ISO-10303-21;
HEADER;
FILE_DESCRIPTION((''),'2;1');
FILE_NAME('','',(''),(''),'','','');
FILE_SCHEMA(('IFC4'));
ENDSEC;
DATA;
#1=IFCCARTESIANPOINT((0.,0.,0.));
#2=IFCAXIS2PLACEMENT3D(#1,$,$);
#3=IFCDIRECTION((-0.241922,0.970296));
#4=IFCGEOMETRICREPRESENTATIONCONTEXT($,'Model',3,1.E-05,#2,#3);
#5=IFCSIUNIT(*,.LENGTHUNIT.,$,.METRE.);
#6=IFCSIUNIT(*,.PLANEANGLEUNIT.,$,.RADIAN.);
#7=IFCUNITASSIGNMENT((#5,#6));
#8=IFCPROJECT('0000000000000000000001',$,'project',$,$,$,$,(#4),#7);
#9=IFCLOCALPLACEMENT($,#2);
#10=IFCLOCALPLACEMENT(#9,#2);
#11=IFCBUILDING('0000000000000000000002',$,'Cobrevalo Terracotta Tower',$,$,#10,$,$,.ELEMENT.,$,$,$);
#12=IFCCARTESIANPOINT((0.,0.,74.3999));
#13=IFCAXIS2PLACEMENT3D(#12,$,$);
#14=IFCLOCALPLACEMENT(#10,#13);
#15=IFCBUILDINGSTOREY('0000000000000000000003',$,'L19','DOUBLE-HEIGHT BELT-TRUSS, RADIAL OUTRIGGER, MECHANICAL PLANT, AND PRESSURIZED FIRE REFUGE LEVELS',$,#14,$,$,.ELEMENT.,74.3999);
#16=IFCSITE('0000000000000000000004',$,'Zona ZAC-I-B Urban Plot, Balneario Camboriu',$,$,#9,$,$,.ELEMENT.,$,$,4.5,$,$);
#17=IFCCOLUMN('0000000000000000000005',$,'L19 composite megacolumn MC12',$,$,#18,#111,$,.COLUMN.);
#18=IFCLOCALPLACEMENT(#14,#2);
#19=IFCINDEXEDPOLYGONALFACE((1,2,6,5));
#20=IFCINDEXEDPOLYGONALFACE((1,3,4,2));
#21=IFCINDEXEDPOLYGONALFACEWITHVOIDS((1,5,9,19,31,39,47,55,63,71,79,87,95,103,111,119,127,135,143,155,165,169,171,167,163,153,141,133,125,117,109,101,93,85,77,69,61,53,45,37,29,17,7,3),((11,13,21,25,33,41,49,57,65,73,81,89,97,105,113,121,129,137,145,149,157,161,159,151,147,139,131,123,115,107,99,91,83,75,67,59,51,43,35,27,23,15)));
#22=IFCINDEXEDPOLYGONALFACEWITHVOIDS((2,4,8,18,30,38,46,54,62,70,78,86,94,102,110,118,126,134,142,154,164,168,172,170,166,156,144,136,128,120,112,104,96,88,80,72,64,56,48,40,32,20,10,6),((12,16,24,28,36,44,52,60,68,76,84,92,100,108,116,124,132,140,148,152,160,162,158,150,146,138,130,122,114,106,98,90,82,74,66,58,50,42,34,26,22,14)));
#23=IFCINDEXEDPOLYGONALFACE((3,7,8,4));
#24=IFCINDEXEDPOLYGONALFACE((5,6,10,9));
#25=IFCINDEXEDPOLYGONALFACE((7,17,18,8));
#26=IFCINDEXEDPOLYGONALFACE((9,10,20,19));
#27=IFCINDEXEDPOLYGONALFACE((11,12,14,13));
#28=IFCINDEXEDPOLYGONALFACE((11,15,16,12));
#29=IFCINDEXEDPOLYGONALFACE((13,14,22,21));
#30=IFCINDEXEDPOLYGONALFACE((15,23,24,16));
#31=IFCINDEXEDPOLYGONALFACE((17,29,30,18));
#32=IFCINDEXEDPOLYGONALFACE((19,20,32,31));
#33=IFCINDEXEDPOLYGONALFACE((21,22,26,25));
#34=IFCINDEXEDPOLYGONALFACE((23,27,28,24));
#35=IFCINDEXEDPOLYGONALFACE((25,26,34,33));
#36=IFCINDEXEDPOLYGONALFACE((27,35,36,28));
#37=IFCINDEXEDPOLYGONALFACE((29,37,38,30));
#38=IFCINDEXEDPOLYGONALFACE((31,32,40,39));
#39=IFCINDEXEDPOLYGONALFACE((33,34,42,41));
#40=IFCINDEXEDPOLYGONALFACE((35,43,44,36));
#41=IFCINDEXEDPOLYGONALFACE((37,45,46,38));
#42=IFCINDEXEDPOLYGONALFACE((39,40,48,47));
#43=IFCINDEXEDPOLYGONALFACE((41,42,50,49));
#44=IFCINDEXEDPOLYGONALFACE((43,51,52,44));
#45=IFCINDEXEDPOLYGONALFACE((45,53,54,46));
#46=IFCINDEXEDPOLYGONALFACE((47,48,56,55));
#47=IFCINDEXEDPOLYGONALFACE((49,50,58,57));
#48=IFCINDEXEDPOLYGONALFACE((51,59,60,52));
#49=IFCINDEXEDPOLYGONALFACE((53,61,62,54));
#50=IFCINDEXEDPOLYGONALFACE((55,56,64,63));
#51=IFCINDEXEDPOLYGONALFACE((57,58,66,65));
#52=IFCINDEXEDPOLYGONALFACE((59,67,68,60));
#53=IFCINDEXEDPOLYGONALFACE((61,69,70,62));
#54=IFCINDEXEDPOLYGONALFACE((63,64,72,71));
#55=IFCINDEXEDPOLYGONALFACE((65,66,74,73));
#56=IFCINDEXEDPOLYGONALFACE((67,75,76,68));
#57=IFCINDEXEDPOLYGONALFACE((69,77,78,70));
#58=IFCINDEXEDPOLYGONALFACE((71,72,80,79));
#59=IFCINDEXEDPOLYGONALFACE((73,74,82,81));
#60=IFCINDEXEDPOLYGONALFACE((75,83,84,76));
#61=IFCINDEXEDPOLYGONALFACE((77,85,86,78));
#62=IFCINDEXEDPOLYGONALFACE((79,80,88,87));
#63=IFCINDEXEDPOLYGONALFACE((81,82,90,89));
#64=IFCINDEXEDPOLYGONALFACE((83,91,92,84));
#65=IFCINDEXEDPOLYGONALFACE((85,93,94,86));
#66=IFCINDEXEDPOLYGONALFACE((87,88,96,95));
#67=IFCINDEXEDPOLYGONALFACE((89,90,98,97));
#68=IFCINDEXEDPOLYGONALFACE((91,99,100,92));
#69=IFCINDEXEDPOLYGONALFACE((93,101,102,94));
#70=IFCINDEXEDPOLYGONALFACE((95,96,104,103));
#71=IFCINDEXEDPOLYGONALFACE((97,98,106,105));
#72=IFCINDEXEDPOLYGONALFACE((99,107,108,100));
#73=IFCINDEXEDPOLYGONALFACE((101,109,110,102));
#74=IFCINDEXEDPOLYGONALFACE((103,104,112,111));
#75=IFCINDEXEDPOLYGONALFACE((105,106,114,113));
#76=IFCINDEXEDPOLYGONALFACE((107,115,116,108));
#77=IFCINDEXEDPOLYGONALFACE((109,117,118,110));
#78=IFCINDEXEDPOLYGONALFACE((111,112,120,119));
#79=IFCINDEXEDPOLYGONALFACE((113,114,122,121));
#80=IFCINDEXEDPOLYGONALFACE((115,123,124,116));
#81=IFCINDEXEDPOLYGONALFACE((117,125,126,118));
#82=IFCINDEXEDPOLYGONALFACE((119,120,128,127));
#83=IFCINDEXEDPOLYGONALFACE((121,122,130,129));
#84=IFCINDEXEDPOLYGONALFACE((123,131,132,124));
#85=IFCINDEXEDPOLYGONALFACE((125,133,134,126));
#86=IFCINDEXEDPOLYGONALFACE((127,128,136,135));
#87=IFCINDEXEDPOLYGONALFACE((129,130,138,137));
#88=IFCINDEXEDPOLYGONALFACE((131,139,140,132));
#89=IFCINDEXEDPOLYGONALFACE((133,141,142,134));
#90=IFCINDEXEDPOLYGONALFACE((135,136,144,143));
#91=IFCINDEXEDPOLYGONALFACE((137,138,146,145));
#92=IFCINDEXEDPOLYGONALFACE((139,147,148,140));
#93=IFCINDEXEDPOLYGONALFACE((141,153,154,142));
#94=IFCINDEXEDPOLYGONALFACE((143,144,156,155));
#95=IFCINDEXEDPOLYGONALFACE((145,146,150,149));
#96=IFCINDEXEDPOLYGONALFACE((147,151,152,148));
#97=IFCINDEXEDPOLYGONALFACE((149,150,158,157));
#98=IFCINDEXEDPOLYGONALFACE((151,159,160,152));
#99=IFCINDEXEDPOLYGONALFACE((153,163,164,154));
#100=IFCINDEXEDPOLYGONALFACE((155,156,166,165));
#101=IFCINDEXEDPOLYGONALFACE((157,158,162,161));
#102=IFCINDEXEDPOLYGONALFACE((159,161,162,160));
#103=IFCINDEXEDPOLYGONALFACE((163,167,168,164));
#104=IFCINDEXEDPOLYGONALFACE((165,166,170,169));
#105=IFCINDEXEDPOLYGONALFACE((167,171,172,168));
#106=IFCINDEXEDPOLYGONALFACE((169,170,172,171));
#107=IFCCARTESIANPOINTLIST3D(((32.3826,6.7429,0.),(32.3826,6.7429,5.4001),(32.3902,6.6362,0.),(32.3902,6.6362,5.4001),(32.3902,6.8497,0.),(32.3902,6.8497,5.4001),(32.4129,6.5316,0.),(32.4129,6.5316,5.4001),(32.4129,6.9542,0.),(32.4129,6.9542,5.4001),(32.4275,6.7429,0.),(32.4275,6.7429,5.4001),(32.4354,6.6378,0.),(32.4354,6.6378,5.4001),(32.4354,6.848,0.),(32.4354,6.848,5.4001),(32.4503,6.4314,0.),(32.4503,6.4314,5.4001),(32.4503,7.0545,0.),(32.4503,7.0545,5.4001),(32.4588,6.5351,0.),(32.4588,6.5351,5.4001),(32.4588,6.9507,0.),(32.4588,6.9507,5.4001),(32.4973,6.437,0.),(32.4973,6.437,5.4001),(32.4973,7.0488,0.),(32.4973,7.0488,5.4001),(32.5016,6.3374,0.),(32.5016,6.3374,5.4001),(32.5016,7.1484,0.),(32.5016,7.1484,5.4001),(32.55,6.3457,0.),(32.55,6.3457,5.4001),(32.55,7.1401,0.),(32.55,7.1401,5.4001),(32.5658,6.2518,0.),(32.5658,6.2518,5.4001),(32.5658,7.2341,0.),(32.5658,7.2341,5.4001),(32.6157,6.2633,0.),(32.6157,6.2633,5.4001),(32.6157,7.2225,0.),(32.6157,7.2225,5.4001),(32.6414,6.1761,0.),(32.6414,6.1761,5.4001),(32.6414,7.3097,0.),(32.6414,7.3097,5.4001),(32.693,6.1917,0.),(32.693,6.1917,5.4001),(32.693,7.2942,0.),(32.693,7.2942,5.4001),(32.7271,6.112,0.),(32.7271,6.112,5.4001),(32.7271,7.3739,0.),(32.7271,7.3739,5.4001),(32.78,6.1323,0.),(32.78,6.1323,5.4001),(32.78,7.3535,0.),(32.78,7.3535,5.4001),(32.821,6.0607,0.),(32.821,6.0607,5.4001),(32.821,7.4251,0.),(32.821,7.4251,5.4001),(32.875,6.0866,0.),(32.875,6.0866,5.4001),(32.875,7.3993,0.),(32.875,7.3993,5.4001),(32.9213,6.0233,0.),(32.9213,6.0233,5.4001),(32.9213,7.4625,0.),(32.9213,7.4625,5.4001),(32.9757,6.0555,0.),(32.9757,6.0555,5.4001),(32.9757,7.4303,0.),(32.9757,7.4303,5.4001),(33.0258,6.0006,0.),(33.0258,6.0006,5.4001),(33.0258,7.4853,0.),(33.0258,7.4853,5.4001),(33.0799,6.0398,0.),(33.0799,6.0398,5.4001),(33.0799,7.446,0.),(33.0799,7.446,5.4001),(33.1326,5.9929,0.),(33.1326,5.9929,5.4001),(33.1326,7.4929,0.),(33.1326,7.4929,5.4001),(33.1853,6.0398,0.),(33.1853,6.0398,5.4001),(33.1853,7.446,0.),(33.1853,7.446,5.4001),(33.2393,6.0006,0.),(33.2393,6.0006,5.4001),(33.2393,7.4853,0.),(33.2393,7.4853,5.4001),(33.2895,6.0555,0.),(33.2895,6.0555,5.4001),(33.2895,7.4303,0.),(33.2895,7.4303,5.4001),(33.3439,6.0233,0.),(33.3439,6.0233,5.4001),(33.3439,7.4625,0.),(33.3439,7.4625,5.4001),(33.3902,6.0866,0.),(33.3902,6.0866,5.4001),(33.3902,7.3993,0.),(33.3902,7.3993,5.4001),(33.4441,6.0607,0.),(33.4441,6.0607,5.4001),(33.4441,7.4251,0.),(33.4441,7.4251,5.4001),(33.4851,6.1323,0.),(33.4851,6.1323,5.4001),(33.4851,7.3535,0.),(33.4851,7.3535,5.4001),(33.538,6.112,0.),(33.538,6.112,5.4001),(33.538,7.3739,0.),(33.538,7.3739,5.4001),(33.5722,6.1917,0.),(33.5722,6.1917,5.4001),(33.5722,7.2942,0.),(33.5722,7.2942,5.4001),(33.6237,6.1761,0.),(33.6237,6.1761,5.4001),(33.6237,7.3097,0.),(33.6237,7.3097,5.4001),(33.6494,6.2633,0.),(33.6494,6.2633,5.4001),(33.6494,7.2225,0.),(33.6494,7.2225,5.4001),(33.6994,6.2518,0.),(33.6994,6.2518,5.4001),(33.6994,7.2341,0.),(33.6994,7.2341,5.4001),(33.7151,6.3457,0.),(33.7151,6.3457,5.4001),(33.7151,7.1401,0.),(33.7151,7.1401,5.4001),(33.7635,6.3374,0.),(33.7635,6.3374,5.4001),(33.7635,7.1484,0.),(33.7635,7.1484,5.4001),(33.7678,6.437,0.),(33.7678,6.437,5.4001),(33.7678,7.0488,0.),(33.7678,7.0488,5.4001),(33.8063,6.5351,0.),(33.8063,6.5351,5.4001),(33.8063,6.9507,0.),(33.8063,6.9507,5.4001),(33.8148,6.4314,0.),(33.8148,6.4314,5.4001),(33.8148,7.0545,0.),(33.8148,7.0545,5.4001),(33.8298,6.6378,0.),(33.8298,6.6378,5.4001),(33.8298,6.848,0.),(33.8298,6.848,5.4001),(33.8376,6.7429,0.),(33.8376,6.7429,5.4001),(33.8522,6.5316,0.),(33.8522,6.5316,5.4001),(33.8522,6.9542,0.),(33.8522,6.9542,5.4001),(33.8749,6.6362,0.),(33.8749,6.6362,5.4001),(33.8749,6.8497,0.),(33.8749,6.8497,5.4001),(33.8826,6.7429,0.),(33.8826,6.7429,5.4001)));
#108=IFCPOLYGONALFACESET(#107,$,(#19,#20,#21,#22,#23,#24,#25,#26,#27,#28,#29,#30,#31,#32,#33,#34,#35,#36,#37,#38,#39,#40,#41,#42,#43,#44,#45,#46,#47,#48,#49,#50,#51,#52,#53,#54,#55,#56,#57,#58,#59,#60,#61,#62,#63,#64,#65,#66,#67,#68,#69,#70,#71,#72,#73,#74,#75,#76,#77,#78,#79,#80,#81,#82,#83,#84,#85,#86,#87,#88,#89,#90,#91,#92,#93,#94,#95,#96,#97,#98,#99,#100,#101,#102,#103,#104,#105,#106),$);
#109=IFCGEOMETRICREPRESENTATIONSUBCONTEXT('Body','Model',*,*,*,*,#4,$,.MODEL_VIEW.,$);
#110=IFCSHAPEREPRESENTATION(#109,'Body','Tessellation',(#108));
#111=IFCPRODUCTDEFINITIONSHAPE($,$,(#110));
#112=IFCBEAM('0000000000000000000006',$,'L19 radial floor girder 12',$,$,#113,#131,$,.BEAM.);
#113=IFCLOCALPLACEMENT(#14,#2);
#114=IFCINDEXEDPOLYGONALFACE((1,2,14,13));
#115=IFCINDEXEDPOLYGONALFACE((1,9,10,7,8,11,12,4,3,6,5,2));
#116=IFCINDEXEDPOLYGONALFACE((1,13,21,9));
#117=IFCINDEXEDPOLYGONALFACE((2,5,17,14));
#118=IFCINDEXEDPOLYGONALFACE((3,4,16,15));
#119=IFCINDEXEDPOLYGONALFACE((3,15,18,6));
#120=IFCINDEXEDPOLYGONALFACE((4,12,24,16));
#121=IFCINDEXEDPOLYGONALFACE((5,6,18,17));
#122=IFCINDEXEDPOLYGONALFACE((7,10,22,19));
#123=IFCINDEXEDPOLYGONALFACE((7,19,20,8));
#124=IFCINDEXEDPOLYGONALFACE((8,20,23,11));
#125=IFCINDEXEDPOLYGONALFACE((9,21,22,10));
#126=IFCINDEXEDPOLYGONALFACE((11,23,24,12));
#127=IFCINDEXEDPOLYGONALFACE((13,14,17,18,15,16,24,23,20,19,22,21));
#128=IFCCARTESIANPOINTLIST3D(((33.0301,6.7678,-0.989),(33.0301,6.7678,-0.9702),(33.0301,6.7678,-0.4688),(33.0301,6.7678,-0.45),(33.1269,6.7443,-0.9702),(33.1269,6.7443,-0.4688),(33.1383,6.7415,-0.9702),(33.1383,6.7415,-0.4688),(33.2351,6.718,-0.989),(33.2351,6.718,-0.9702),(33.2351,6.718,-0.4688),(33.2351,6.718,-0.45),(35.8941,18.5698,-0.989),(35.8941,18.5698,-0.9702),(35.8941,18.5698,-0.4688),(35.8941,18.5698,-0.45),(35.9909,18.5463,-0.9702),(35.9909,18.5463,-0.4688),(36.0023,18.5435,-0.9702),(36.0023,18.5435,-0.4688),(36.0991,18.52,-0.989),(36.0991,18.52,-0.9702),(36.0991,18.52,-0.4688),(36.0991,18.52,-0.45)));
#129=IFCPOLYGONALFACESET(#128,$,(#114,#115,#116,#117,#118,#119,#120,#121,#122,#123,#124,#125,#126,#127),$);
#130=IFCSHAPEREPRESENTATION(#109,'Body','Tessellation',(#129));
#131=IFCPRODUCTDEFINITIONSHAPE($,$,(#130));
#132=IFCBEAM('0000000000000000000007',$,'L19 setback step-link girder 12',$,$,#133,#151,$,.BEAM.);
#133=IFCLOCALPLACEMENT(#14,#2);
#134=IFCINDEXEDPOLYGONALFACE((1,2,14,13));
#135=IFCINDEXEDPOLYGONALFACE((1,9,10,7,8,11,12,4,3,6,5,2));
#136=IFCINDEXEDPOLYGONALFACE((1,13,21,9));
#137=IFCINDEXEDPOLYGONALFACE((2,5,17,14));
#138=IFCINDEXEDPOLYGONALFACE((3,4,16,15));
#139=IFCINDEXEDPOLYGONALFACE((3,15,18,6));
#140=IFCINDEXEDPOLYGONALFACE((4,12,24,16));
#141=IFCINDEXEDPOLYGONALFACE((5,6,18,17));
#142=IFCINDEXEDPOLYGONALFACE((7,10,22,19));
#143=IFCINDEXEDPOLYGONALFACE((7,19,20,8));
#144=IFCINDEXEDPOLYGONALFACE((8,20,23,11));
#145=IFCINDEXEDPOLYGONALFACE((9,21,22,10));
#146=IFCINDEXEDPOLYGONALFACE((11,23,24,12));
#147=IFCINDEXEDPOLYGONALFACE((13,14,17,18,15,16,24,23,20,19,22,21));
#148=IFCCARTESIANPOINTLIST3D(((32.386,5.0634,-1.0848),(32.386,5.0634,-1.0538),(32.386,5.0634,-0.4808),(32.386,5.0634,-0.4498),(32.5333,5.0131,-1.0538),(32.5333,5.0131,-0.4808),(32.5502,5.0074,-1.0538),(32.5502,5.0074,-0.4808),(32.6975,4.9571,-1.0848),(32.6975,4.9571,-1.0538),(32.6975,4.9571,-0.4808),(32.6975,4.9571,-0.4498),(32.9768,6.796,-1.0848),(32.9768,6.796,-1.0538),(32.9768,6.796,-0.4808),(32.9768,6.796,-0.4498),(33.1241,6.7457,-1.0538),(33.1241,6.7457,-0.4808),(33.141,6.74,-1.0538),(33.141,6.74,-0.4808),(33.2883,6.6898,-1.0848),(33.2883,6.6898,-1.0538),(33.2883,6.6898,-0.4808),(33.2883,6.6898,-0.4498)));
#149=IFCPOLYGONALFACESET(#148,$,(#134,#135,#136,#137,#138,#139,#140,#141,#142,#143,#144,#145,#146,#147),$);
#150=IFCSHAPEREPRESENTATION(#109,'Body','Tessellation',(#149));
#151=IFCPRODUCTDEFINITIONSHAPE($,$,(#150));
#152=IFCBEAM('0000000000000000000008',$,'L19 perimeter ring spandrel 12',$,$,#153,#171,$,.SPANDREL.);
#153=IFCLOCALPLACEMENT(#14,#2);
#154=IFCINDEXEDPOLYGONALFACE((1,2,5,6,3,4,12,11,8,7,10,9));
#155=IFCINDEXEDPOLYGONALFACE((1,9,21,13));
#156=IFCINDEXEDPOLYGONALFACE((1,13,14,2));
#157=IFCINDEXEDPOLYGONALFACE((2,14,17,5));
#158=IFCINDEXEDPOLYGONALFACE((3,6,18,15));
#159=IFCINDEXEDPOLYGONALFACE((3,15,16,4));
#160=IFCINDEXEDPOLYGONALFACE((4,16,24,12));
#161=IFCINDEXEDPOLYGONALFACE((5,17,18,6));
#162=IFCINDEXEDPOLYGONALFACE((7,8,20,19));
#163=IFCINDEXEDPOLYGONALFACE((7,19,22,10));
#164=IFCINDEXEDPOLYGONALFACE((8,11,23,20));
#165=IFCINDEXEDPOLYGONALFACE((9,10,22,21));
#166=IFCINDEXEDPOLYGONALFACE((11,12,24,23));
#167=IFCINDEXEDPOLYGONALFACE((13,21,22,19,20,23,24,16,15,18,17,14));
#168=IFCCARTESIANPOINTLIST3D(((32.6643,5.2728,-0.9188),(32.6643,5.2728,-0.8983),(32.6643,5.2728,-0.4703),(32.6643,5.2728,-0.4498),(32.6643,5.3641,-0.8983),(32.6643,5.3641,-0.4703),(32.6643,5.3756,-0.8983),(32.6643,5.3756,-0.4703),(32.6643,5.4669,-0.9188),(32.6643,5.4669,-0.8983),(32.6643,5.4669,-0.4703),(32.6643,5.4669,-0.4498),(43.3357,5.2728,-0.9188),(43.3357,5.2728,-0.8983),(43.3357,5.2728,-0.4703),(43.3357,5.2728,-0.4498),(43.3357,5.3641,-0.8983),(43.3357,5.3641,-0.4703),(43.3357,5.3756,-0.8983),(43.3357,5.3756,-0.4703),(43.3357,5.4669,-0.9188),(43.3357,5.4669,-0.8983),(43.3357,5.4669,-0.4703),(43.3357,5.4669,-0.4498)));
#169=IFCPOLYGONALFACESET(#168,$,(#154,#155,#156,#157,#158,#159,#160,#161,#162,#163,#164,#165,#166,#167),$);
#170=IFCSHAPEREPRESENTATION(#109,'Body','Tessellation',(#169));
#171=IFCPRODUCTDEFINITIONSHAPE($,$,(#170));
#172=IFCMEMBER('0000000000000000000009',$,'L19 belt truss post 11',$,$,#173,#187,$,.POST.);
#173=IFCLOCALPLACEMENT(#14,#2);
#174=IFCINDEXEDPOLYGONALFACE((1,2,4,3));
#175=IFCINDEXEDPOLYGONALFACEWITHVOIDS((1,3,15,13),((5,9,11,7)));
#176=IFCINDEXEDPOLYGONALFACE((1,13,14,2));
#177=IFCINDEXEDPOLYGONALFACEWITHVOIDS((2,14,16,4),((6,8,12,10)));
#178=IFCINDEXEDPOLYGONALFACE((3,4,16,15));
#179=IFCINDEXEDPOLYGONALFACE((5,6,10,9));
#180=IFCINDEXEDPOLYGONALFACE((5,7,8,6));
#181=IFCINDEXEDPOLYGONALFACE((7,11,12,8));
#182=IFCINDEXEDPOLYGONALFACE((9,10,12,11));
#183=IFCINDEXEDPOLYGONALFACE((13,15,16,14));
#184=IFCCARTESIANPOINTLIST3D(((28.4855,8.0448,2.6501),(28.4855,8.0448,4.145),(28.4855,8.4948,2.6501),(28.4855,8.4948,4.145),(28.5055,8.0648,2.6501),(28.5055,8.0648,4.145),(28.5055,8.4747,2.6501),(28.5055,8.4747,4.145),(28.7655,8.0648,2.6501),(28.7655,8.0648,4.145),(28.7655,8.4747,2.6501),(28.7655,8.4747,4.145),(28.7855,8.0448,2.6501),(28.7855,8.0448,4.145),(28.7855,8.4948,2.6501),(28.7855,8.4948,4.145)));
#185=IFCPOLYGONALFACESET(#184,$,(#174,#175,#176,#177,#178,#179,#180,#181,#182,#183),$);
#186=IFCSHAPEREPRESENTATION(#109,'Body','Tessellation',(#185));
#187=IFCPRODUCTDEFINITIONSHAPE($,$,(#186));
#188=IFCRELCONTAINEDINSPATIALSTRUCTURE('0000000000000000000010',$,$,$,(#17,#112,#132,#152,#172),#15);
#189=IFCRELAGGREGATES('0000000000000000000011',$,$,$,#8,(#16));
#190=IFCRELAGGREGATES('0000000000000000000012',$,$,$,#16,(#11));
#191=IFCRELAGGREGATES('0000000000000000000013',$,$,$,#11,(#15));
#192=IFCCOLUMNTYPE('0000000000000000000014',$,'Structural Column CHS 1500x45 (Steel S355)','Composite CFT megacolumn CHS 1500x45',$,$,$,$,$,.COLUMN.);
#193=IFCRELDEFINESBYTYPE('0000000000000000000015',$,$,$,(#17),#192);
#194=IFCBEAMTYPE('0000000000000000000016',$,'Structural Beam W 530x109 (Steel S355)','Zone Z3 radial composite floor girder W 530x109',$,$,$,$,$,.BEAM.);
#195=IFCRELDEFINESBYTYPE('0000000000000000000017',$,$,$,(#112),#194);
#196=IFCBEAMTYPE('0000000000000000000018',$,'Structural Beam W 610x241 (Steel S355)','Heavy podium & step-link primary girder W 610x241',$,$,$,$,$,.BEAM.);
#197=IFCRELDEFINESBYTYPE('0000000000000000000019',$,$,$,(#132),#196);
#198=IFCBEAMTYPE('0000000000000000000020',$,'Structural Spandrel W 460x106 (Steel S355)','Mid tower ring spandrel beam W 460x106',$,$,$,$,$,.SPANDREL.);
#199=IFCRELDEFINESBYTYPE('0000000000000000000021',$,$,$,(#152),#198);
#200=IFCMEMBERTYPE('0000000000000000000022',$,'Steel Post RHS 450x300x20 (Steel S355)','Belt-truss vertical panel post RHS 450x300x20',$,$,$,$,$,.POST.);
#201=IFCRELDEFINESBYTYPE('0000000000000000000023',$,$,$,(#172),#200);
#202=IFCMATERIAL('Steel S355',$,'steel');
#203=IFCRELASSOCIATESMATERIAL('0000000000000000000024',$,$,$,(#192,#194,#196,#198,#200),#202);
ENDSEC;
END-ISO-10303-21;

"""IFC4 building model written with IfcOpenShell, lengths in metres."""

from ifc_helpers import new_model, si_unit, direction, frame, origin, origin_2d, place, context, subcontext, project, spatial, hollow_rectangle, hollow_circle, i_section, extrude, source, transform, mapped, material, material_profile, profile_set, type_object, element, save


model = new_model("IFC4")

# Units and contexts
model_context = context("Model", 3, precision=1e-05, world=origin(), true_north=direction((-0.241922, 0.970296)))
body_context = subcontext(model_context, "Body", "Model", "MODEL_VIEW")
ifc_project = project(units=[si_unit("LENGTHUNIT", "METRE"), si_unit("PLANEANGLEUNIT", "RADIAN")], contexts=[model_context])

# Site, building, storey
site_placement = place(None, origin())
site = spatial("IfcSite", under=ifc_project, at=site_placement, Name="Zona ZAC-I-B Urban Plot, Balneario Camboriu", CompositionType="ELEMENT", RefElevation=4.5)
building_placement = place(site_placement, origin())
building = spatial("IfcBuilding", under=site, at=building_placement, Name="Cobrevalo Terracotta Tower", CompositionType="ELEMENT")
storey_placement = place(building_placement, frame((0.0, 0.0, 74.3999)))
storey = spatial("IfcBuildingStorey", under=building, at=storey_placement, Name="L19", Description="DOUBLE-HEIGHT BELT-TRUSS, RADIAL OUTRIGGER, MECHANICAL PLANT, AND PRESSURIZED FIRE REFUGE LEVELS", CompositionType="ELEMENT", Elevation=74.3999)

# Column
ifc_material_1 = material(Name="Steel S355", Category="steel")
ifc_material_profile_1 = material_profile(ifc_material_1, hollow_circle(Radius=0.75, WallThickness=0.0449, at=origin_2d()), Name="CHS 1500x45")
ifc_profile_set_1 = profile_set([ifc_material_profile_1], Name="Steel S355")
column_type = type_object("IfcColumnType", Name="Structural Column CHS 1500x45 (Steel S355)", Description="Composite CFT megacolumn CHS 1500x45", PredefinedType="COLUMN", material=ifc_profile_set_1)
column_placement = place(storey_placement, frame((33.1326, 6.7429, 0.0), z_axis=(0.0, 0.0, 1.0), x_axis=(1.0, 0.0, 0.0)))
element("IfcColumn", 1, at=column_placement, inside=storey, type_object=column_type, Name="L19 composite megacolumn MC12", PredefinedType="COLUMN", context=body_context, shape_type="SweptSolid", body=[
    extrude(hollow_circle(Radius=0.75, WallThickness=0.0449, at=origin_2d()), origin(), (0.0, 0.0, 1.0), 5.4001),
])

# Beams
ifc_material_profile_2 = material_profile(ifc_material_1, i_section(OverallWidth=0.2109, OverallDepth=0.5391, WebThickness=0.0117, FlangeThickness=0.0188, at=origin_2d()), Name="W 530x109")
ifc_profile_set_2 = profile_set([ifc_material_profile_2], Name="Steel S355")
beam_type_1 = type_object("IfcBeamType", Name="Structural Beam W 530x109 (Steel S355)", Description="Zone Z3 radial composite floor girder W 530x109", PredefinedType="BEAM", material=ifc_profile_set_2)
beam_1_placement = place(storey_placement, frame((33.1326, 6.7429, -0.7195), z_axis=(0.235827, 0.971795, 0.0), x_axis=(-0.971795, 0.235827, 0.0)))
element("IfcBeam", 2, at=beam_1_placement, inside=storey, type_object=beam_type_1, Name="L19 radial floor girder 12", PredefinedType="BEAM", context=body_context, shape_type="SweptSolid", body=[
    extrude(i_section(OverallWidth=0.2109, OverallDepth=0.5391, WebThickness=0.0117, FlangeThickness=0.0188, at=origin_2d()), origin(), (0.0, 0.0, 1.0), 12.1445),
])
ifc_material_profile_3 = material_profile(ifc_material_1, i_section(OverallWidth=0.3291, OverallDepth=0.635, WebThickness=0.0178, FlangeThickness=0.031, at=origin_2d()), Name="W 610x241")
ifc_profile_set_3 = profile_set([ifc_material_profile_3], Name="Steel S355")
beam_type_2 = type_object("IfcBeamType", Name="Structural Beam W 610x241 (Steel S355)", Description="Heavy podium & step-link primary girder W 610x241", PredefinedType="BEAM", material=ifc_profile_set_3)
beam_2_placement = place(storey_placement, frame((32.5417, 5.0103, -0.7673), z_axis=(0.322742, 0.946487, 0.0), x_axis=(-0.946487, 0.322742, 0.0)))
element("IfcBeam", 3, at=beam_2_placement, inside=storey, type_object=beam_type_2, Name="L19 setback step-link girder 12", PredefinedType="BEAM", context=body_context, shape_type="SweptSolid", body=[
    extrude(i_section(OverallWidth=0.3291, OverallDepth=0.635, WebThickness=0.0178, FlangeThickness=0.031, at=origin_2d()), origin(), (0.0, 0.0, 1.0), 1.8306),
])
ifc_material_profile_4 = material_profile(ifc_material_1, i_section(OverallWidth=0.1941, OverallDepth=0.469, WebThickness=0.0115, FlangeThickness=0.0205, at=origin_2d()), Name="W 460x106")
ifc_profile_set_4 = profile_set([ifc_material_profile_4], Name="Steel S355")
beam_type_3 = type_object("IfcBeamType", Name="Structural Spandrel W 460x106 (Steel S355)", Description="Mid tower ring spandrel beam W 460x106", PredefinedType="SPANDREL", material=ifc_profile_set_4)
beam_3_placement = place(storey_placement, frame((32.6643, 5.3699, -0.6843), z_axis=(1.0, 0.0, 0.0), x_axis=(0.0, 1.0, 0.0)))
element("IfcBeam", 4, at=beam_3_placement, inside=storey, type_object=beam_type_3, Name="L19 perimeter ring spandrel 12", PredefinedType="SPANDREL", context=body_context, shape_type="SweptSolid", body=[
    extrude(i_section(OverallWidth=0.1941, OverallDepth=0.469, WebThickness=0.0115, FlangeThickness=0.0205, at=origin_2d()), origin(), (0.0, 0.0, 1.0), 10.6714),
])

# Member
ifc_material_profile_5 = material_profile(ifc_material_1, hollow_rectangle(XDim=0.3, YDim=0.45, WallThickness=0.02, at=origin_2d()), Name="RHS 450x300x20")
ifc_profile_set_5 = profile_set([ifc_material_profile_5], Name="Steel S355")
member_type_1 = type_object("IfcMemberType", Name="Steel Post RHS 450x300x20 (Steel S355)", Description="Belt-truss vertical panel post RHS 450x300x20", PredefinedType="POST", material=ifc_profile_set_5)
shared_shape_1 = source(origin(), body_context, "Body", "SweptSolid", [
    extrude(hollow_rectangle(XDim=0.3, YDim=0.45, WallThickness=0.02, at=origin_2d()), origin(), (0.0, 0.0, 1.0), 1.4949),
])
member_1_placement = place(storey_placement, frame((28.6355, 8.2698, 2.6501), z_axis=(0.0, 0.0, 1.0), x_axis=(1.0, 0.0, 0.0)))
element("IfcMember", 5, at=member_1_placement, inside=storey, type_object=member_type_1, Name="L19 belt truss post 11", PredefinedType="POST", context=body_context, shape_type="MappedRepresentation", body=[
    mapped(shared_shape_1, transform((0.0, 0.0, 0.0), scale=1.0)),
])

save(model, "model.ifc")
